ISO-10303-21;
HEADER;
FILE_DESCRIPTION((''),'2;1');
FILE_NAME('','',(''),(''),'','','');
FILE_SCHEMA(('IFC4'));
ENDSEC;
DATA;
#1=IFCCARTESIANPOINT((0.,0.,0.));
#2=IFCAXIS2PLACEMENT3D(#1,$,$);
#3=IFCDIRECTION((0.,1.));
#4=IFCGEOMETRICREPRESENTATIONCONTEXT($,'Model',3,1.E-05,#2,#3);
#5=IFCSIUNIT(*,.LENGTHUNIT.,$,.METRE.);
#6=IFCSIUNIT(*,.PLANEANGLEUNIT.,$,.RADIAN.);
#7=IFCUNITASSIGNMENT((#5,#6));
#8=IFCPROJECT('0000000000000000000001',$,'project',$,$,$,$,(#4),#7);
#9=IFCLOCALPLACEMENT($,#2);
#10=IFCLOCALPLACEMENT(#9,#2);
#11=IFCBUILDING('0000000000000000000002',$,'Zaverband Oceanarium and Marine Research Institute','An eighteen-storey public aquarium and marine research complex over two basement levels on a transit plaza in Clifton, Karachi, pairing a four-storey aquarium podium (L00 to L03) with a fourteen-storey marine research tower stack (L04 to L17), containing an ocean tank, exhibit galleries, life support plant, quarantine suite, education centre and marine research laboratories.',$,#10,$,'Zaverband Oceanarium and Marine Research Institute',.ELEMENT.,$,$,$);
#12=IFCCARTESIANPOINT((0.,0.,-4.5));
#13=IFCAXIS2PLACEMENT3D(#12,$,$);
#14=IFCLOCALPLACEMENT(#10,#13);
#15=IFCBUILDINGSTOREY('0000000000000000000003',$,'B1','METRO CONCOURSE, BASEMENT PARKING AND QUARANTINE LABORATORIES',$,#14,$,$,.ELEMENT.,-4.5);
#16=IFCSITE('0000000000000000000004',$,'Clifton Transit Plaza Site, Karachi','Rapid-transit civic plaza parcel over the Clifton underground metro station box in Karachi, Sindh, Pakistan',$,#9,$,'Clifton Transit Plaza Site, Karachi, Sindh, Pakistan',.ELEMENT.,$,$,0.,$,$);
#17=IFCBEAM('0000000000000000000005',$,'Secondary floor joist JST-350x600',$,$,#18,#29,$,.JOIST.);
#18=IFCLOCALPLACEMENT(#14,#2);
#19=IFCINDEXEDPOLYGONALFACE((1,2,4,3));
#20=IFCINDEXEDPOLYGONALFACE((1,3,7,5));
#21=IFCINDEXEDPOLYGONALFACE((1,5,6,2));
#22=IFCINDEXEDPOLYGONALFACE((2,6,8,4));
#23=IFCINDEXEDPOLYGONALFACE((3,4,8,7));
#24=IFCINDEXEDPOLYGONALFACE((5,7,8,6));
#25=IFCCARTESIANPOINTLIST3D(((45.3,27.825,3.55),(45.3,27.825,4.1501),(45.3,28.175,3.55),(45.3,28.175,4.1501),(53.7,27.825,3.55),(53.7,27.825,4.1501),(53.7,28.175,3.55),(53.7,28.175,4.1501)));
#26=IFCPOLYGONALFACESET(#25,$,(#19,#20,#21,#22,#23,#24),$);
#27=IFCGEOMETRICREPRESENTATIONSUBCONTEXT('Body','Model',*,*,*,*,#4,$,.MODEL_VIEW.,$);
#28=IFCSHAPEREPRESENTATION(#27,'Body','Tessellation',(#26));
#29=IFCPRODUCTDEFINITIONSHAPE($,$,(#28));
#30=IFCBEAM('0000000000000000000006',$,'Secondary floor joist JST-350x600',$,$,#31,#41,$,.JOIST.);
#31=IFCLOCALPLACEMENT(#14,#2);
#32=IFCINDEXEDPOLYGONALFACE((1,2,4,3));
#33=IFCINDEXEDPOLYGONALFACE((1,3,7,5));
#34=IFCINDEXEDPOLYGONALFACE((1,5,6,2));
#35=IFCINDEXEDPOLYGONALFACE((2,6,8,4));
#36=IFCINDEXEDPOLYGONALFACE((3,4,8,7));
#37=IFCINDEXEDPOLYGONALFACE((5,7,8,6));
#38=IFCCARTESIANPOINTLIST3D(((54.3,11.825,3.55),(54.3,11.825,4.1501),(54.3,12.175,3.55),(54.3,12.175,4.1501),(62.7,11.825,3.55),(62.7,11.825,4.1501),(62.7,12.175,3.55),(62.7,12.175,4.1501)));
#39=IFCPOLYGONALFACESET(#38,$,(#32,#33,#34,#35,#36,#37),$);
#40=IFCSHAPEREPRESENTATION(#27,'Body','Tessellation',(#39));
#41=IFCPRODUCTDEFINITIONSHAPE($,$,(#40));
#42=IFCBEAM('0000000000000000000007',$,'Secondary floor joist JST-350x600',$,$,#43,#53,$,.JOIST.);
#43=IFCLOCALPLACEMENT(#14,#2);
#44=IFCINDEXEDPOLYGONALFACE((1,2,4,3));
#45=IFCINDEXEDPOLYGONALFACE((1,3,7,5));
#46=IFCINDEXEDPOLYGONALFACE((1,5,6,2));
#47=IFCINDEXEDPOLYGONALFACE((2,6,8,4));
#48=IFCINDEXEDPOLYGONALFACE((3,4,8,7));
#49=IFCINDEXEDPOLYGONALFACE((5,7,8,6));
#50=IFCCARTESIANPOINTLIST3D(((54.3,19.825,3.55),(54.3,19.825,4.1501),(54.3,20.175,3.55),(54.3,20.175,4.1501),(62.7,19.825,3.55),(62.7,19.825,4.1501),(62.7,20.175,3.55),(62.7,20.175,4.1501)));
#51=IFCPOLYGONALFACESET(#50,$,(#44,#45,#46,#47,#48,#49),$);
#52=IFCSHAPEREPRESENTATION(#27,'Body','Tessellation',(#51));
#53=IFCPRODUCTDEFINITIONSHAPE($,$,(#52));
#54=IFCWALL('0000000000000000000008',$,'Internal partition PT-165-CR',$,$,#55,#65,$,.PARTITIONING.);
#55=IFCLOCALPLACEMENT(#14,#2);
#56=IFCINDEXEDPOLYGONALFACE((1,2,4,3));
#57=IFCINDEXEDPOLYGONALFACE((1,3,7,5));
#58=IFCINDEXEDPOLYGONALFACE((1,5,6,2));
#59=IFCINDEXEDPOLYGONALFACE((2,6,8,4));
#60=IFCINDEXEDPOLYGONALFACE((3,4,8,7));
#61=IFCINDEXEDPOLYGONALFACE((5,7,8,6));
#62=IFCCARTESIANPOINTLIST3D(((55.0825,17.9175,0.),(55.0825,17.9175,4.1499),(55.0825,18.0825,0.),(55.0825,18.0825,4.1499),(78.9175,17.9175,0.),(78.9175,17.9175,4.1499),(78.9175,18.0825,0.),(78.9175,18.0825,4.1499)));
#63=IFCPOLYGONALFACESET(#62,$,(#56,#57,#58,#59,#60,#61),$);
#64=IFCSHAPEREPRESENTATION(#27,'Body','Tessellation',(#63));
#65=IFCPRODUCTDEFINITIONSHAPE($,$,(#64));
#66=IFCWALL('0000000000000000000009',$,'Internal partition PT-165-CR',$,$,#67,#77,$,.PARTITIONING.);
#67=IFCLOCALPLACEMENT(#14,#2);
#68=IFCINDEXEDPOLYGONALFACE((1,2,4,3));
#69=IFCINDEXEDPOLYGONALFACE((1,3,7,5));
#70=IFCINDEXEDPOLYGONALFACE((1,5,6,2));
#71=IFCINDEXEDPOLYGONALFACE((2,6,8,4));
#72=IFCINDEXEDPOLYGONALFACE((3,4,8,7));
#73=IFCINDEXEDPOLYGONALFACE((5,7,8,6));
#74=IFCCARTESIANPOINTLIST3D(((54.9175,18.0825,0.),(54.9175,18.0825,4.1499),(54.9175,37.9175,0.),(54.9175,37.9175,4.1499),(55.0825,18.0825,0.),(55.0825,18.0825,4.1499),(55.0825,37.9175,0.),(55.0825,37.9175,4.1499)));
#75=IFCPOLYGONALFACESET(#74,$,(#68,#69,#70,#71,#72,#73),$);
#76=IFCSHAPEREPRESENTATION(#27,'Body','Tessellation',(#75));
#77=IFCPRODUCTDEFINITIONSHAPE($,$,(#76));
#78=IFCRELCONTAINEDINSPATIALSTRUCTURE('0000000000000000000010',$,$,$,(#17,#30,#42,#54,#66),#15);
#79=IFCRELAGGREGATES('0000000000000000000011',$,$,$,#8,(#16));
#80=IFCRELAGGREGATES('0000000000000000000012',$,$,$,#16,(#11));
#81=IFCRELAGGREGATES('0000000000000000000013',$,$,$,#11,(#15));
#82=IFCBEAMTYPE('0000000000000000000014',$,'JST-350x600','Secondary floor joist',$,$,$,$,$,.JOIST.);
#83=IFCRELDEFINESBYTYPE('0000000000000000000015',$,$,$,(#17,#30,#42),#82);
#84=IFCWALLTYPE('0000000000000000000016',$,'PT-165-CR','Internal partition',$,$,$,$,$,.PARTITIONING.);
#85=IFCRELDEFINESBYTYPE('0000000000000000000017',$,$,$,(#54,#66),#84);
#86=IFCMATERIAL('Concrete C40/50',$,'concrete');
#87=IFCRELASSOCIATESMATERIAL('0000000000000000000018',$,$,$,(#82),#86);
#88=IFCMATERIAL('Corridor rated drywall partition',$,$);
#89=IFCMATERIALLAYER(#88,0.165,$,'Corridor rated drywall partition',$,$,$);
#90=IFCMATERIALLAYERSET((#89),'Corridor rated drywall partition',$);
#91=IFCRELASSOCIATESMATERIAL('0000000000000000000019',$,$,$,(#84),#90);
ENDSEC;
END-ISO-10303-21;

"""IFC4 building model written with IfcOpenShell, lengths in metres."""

from ifc_helpers import new_model, si_unit, direction, frame, frame_2d, origin, origin_2d, place, context, subcontext, project, spatial, rectangle, extrude, material, layer, layer_set, material_profile, profile_set, type_object, element, save


model = new_model("IFC4")

# Units and contexts
model_context = context("Model", 3, precision=1e-05, world=origin(), true_north=direction((0.0, 1.0)))
body_context = subcontext(model_context, "Body", "Model", "MODEL_VIEW")
ifc_project = project(units=[si_unit("LENGTHUNIT", "METRE"), si_unit("PLANEANGLEUNIT", "RADIAN")], contexts=[model_context])

# Site, building, storey
site_placement = place(None, origin())
site = spatial("IfcSite", under=ifc_project, at=site_placement, Name="Clifton Transit Plaza Site, Karachi", Description="Rapid-transit civic plaza parcel over the Clifton underground metro station box in Karachi, Sindh, Pakistan", LongName="Clifton Transit Plaza Site, Karachi, Sindh, Pakistan", CompositionType="ELEMENT", RefElevation=0.0)
building_placement = place(site_placement, origin())
building = spatial("IfcBuilding", under=site, at=building_placement, Name="Zaverband Oceanarium and Marine Research Institute", Description="An eighteen-storey public aquarium and marine research complex over two basement levels on a transit plaza in Clifton, Karachi, pairing a four-storey aquarium podium (L00 to L03) with a fourteen-storey marine research tower stack (L04 to L17), containing an ocean tank, exhibit galleries, life support plant, quarantine suite, education centre and marine research laboratories.", LongName="Zaverband Oceanarium and Marine Research Institute", CompositionType="ELEMENT")
storey_placement = place(building_placement, frame((0.0, 0.0, -4.5)))
storey = spatial("IfcBuildingStorey", under=building, at=storey_placement, Name="B1", Description="METRO CONCOURSE, BASEMENT PARKING AND QUARANTINE LABORATORIES", CompositionType="ELEMENT", Elevation=-4.5)

# Beams
ifc_material_1 = material(Name="Concrete C40/50", Category="concrete")
ifc_material_profile_1 = material_profile(ifc_material_1, rectangle(XDim=0.3501, YDim=0.6001, at=origin_2d()), Name="RC350x600")
ifc_profile_set_1 = profile_set([ifc_material_profile_1], Name="Concrete C40/50")
beam_type_1 = type_object("IfcBeamType", Name="JST-350x600", Description="Secondary floor joist", PredefinedType="JOIST", material=ifc_profile_set_1)
for number, where, z_axis, x_axis, name in (
    (1, (45.3, 28.0, 3.8501), (1.0, 0.0, 0.0), (0.0, 1.0, 0.0), "Secondary floor joist JST-350x600"),
    (2, (54.3, 12.0, 3.8501), (1.0, 0.0, 0.0), (0.0, 1.0, 0.0), "Secondary floor joist JST-350x600"),
    (3, (54.3, 20.0, 3.8501), (1.0, 0.0, 0.0), (0.0, 1.0, 0.0), "Secondary floor joist JST-350x600"),
):
    element("IfcBeam", number, at=place(storey_placement, frame(where, z_axis=z_axis, x_axis=x_axis)), inside=storey, type_object=beam_type_1, Name=name, PredefinedType="JOIST", context=body_context, shape_type="SweptSolid", body=[
        extrude(rectangle(XDim=0.3501, YDim=0.6001, at=origin_2d()), origin(), (0.0, 0.0, 1.0), 8.3999),
    ])

# Walls
ifc_material_2 = material(Name="Corridor rated drywall partition")
ifc_layer = layer(ifc_material_2, 0.165, Name="Corridor rated drywall partition")
ifc_layer_set = layer_set([ifc_layer], Name="Corridor rated drywall partition")
wall_type = type_object("IfcWallType", Name="PT-165-CR", Description="Internal partition", PredefinedType="PARTITIONING", material=ifc_layer_set)
wall_1_placement = place(storey_placement, frame((55.0825, 18.0, 0.0), z_axis=(0.0, 0.0, 1.0), x_axis=(1.0, 0.0, 0.0)))
element("IfcWall", 4, at=wall_1_placement, inside=storey, type_object=wall_type, Name="Internal partition PT-165-CR", PredefinedType="PARTITIONING", context=body_context, shape_type="SweptSolid", body=[
    extrude(rectangle(XDim=23.835, YDim=0.165, at=frame_2d((11.9175, 0.0))), origin(), (0.0, 0.0, 1.0), 4.1499),
])
wall_2_placement = place(storey_placement, frame((55.0, 18.0825, 0.0), z_axis=(0.0, 0.0, 1.0), x_axis=(0.0, 1.0, 0.0)))
element("IfcWall", 5, at=wall_2_placement, inside=storey, type_object=wall_type, Name="Internal partition PT-165-CR", PredefinedType="PARTITIONING", context=body_context, shape_type="SweptSolid", body=[
    extrude(rectangle(XDim=19.835, YDim=0.165, at=frame_2d((9.9175, 0.0))), origin(), (0.0, 0.0, 1.0), 4.1499),
])

save(model, "model.ifc")
